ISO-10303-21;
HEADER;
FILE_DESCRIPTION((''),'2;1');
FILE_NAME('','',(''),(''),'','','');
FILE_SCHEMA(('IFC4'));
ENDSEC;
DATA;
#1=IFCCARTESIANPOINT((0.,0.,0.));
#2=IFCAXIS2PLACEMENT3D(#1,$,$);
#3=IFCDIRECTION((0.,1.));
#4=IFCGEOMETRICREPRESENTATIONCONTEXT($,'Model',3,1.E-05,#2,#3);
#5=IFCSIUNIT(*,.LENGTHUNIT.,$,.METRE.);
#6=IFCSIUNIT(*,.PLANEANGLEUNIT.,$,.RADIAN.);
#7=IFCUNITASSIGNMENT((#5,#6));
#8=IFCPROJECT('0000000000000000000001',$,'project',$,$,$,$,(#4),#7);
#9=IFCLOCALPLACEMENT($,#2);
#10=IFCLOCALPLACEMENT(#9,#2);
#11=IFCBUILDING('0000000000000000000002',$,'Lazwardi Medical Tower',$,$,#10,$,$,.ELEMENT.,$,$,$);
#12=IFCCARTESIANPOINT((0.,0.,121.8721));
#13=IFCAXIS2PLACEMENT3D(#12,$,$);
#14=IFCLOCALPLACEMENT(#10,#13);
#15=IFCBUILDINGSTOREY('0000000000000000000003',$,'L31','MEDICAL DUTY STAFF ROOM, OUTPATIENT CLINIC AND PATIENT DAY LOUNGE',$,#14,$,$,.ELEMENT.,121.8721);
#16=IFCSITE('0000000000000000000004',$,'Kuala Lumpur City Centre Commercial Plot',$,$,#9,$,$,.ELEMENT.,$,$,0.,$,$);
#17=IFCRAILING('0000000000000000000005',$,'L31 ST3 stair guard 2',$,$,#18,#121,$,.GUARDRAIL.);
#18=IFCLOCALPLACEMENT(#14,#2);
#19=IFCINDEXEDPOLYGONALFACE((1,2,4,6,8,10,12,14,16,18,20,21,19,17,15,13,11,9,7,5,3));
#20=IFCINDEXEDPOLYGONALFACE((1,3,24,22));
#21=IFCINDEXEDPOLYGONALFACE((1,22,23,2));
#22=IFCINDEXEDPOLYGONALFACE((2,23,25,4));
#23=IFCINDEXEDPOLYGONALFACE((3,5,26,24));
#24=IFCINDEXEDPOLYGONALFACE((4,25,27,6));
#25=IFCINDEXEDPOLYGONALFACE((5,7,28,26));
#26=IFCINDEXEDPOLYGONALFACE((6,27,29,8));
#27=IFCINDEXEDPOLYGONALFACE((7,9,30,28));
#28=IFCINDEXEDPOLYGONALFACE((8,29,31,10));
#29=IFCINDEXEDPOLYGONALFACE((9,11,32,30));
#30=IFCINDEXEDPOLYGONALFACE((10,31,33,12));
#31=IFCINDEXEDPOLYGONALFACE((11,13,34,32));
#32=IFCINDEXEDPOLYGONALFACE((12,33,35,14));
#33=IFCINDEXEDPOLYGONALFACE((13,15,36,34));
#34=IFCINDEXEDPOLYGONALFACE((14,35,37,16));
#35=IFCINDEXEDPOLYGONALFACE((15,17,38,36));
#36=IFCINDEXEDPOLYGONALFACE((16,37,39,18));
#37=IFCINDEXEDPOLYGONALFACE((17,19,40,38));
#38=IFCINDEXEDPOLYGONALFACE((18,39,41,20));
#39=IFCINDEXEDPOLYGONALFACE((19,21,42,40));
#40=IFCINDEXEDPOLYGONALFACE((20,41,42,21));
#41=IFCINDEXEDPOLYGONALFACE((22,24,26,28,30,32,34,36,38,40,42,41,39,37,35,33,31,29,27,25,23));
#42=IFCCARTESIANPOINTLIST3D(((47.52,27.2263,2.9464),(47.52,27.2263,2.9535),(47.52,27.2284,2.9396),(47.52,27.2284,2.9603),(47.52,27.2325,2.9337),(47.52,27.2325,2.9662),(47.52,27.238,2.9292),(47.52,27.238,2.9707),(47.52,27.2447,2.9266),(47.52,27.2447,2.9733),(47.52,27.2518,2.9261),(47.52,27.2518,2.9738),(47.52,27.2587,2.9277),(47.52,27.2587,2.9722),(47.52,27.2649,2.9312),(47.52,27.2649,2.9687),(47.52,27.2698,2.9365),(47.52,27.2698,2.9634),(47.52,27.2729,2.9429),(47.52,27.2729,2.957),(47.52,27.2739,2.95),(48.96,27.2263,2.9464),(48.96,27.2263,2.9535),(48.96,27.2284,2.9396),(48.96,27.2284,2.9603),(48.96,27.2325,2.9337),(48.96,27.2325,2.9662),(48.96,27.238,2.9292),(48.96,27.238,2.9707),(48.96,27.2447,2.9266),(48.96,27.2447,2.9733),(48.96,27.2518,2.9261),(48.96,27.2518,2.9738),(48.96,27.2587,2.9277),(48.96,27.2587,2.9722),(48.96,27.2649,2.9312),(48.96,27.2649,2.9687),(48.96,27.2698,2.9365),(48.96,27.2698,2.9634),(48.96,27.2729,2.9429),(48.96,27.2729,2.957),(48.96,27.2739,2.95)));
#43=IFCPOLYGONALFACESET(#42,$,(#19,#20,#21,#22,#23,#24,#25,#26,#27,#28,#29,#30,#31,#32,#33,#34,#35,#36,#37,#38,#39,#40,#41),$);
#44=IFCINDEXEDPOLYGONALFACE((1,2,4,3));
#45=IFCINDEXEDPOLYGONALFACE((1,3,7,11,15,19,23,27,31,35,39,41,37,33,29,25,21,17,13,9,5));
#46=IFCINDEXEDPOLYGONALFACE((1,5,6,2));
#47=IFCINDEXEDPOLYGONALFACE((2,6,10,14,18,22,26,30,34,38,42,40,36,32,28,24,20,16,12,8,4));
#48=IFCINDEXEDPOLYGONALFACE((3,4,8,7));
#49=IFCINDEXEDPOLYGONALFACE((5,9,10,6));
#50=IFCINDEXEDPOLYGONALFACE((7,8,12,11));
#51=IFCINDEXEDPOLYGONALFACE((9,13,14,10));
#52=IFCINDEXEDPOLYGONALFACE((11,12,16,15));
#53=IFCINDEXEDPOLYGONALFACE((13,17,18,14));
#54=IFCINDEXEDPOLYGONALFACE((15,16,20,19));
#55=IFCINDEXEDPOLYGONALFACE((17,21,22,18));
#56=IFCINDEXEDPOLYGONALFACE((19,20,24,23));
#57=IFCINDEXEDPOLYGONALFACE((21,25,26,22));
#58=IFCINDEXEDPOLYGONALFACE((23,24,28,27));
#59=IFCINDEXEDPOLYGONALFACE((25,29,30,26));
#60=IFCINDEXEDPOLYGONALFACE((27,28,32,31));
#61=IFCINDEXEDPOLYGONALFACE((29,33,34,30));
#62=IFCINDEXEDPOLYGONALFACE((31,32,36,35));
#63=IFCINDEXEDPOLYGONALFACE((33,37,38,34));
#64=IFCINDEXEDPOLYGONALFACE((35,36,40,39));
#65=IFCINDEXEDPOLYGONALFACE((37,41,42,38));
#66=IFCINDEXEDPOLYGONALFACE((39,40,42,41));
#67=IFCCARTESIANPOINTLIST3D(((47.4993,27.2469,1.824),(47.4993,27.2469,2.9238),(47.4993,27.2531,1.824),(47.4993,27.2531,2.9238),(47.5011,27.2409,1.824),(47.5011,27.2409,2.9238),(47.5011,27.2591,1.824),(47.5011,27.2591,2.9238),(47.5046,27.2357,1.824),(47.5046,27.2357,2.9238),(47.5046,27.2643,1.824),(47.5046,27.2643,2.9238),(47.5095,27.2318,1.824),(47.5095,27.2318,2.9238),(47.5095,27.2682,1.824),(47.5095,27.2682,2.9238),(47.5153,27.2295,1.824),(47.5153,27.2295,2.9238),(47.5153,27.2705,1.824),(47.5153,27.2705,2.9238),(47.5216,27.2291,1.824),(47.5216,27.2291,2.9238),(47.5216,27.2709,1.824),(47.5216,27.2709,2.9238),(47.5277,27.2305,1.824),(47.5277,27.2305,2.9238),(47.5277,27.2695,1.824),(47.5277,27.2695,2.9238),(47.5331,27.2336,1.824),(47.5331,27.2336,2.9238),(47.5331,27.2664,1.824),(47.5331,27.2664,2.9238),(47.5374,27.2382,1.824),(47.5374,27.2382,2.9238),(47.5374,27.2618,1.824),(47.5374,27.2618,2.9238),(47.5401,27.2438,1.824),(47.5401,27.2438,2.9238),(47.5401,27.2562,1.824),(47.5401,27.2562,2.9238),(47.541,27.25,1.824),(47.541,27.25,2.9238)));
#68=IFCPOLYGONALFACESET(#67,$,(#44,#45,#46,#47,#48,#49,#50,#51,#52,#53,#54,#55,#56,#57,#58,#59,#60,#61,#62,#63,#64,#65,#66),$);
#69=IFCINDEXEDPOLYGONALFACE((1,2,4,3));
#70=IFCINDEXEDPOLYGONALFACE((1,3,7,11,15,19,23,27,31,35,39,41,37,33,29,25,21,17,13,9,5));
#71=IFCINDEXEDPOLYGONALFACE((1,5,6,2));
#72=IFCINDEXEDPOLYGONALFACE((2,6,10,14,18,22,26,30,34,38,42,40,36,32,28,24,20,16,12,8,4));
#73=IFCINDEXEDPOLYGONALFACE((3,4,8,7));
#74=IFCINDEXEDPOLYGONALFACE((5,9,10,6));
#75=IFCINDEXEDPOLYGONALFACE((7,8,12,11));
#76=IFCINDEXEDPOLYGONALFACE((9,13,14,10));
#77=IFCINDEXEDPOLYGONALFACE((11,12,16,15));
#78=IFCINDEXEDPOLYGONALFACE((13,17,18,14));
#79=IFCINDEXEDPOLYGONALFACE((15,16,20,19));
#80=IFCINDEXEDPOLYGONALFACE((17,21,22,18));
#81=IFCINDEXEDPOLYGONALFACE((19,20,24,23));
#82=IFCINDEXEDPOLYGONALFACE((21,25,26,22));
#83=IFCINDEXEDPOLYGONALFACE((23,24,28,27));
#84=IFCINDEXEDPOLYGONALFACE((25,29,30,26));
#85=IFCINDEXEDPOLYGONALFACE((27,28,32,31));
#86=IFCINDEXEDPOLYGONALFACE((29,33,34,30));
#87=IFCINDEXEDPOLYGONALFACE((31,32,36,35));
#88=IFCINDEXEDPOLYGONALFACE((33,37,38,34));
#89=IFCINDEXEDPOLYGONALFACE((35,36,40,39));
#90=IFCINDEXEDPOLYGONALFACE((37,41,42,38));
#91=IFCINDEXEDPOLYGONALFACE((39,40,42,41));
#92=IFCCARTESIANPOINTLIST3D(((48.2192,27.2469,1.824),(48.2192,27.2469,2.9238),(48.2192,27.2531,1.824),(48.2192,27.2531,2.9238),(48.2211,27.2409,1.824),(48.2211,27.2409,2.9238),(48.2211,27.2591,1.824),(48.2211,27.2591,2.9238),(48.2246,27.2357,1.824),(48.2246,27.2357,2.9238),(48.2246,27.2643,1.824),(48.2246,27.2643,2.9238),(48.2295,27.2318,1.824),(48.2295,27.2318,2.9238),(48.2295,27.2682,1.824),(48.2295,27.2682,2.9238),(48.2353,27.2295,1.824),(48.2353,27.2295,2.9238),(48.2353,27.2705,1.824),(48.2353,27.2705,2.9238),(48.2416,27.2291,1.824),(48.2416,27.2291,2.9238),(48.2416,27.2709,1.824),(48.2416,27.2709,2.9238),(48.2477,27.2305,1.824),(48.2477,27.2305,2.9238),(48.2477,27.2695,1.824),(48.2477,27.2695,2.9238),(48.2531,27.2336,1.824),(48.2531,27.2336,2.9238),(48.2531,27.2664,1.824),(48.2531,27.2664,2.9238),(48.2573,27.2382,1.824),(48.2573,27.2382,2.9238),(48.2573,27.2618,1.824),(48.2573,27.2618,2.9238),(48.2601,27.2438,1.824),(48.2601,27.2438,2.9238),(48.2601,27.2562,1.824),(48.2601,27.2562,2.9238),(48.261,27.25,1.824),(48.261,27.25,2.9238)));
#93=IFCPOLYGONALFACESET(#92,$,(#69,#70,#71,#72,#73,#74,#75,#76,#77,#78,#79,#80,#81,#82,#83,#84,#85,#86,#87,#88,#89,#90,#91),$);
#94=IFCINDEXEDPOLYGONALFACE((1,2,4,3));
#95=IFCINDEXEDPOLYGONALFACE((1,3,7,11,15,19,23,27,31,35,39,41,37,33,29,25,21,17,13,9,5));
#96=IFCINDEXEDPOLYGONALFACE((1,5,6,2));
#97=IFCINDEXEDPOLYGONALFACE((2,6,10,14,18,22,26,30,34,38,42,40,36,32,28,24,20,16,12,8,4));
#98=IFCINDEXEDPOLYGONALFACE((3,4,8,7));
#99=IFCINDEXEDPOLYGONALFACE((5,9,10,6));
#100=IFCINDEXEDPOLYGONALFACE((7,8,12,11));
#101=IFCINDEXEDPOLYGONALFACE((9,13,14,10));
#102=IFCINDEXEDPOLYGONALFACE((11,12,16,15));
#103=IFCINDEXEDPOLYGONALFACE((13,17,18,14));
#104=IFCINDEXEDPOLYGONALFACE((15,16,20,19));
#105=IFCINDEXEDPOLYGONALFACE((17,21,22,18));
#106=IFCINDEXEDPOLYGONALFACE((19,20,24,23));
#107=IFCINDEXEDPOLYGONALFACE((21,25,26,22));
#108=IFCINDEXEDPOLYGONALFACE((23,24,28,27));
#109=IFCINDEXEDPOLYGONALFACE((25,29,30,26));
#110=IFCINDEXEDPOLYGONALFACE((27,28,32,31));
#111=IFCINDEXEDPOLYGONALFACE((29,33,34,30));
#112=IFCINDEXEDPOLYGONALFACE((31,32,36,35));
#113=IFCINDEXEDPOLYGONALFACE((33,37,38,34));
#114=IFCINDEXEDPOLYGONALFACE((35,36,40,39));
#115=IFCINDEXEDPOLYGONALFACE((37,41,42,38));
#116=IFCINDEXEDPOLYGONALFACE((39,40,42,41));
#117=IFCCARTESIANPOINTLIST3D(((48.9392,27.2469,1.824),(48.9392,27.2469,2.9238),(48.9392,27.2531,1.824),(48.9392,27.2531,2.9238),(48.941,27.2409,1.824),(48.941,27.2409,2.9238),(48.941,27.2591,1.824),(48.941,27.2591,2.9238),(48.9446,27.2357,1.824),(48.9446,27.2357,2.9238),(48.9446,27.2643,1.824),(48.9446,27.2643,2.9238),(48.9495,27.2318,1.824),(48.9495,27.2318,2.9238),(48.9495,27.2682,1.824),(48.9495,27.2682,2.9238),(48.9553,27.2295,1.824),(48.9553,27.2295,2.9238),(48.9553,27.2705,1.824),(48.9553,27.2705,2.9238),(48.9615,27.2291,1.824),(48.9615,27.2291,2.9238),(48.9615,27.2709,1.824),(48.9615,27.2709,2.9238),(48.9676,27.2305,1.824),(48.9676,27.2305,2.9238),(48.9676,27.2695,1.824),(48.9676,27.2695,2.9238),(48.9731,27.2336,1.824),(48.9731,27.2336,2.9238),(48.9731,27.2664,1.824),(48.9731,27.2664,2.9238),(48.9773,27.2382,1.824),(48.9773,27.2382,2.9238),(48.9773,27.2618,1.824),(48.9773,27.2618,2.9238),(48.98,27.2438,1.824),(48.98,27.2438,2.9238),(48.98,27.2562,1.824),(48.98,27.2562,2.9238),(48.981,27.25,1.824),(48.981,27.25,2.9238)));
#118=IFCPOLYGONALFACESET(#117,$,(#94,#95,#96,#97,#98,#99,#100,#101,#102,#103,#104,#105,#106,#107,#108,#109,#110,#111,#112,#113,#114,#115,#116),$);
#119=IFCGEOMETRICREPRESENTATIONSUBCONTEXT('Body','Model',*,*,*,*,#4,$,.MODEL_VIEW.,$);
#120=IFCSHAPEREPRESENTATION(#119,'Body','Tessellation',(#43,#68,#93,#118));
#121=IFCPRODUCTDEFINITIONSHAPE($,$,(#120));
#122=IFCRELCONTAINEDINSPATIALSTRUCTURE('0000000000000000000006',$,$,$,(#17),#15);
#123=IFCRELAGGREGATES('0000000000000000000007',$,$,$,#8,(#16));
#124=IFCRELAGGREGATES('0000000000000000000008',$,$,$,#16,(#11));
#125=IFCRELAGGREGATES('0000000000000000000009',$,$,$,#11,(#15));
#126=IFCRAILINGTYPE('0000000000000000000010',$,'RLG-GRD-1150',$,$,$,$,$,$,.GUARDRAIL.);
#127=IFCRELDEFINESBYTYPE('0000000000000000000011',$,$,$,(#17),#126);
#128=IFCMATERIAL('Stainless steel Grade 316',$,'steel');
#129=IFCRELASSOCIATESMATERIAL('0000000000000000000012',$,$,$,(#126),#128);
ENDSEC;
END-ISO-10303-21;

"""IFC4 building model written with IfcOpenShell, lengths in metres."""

from ifc_helpers import new_model, si_unit, direction, frame, origin, origin_2d, place, context, subcontext, project, spatial, circle, extrude, material, type_object, element, save


model = new_model("IFC4")

# Units and contexts
model_context = context("Model", 3, precision=1e-05, world=origin(), true_north=direction((0.0, 1.0)))
body_context = subcontext(model_context, "Body", "Model", "MODEL_VIEW")
ifc_project = project(units=[si_unit("LENGTHUNIT", "METRE"), si_unit("PLANEANGLEUNIT", "RADIAN")], contexts=[model_context])

# Site, building, storey
site_placement = place(None, origin())
site = spatial("IfcSite", under=ifc_project, at=site_placement, Name="Kuala Lumpur City Centre Commercial Plot", CompositionType="ELEMENT", RefElevation=0.0)
building_placement = place(site_placement, origin())
building = spatial("IfcBuilding", under=site, at=building_placement, Name="Lazwardi Medical Tower", CompositionType="ELEMENT")
storey_placement = place(building_placement, frame((0.0, 0.0, 121.8721)))
storey = spatial("IfcBuildingStorey", under=building, at=storey_placement, Name="L31", Description="MEDICAL DUTY STAFF ROOM, OUTPATIENT CLINIC AND PATIENT DAY LOUNGE", CompositionType="ELEMENT", Elevation=121.8721)

# Railing
ifc_material_1 = material(Name="Stainless steel Grade 316", Category="steel")
railing_type_1 = type_object("IfcRailingType", Name="RLG-GRD-1150", PredefinedType="GUARDRAIL", material=ifc_material_1)
railing_1_placement = place(storey_placement, frame((47.52, 27.25, 1.824)))
element("IfcRailing", 1, at=railing_1_placement, inside=storey, type_object=railing_type_1, Name="L31 ST3 stair guard 2", PredefinedType="GUARDRAIL", context=body_context, shape_type="SweptSolid", body=[
    extrude(circle(Radius=0.0239, at=origin_2d()), frame((0.0, 0.0, 1.126), z_axis=(1.0, 0.0, 0.0), x_axis=(0.0, 1.0, 0.0)), (0.0, 0.0, 1.0), 1.4399),
    extrude(circle(Radius=0.021, at=origin_2d()), origin(), (0.0, 0.0, 1.0), 1.0999),
    extrude(circle(Radius=0.021, at=origin_2d()), frame((0.72, 0.0, 0.0)), (0.0, 0.0, 1.0), 1.0999),
    extrude(circle(Radius=0.021, at=origin_2d()), frame((1.4399, 0.0, 0.0)), (0.0, 0.0, 1.0), 1.0999),
])

save(model, "model.ifc")
